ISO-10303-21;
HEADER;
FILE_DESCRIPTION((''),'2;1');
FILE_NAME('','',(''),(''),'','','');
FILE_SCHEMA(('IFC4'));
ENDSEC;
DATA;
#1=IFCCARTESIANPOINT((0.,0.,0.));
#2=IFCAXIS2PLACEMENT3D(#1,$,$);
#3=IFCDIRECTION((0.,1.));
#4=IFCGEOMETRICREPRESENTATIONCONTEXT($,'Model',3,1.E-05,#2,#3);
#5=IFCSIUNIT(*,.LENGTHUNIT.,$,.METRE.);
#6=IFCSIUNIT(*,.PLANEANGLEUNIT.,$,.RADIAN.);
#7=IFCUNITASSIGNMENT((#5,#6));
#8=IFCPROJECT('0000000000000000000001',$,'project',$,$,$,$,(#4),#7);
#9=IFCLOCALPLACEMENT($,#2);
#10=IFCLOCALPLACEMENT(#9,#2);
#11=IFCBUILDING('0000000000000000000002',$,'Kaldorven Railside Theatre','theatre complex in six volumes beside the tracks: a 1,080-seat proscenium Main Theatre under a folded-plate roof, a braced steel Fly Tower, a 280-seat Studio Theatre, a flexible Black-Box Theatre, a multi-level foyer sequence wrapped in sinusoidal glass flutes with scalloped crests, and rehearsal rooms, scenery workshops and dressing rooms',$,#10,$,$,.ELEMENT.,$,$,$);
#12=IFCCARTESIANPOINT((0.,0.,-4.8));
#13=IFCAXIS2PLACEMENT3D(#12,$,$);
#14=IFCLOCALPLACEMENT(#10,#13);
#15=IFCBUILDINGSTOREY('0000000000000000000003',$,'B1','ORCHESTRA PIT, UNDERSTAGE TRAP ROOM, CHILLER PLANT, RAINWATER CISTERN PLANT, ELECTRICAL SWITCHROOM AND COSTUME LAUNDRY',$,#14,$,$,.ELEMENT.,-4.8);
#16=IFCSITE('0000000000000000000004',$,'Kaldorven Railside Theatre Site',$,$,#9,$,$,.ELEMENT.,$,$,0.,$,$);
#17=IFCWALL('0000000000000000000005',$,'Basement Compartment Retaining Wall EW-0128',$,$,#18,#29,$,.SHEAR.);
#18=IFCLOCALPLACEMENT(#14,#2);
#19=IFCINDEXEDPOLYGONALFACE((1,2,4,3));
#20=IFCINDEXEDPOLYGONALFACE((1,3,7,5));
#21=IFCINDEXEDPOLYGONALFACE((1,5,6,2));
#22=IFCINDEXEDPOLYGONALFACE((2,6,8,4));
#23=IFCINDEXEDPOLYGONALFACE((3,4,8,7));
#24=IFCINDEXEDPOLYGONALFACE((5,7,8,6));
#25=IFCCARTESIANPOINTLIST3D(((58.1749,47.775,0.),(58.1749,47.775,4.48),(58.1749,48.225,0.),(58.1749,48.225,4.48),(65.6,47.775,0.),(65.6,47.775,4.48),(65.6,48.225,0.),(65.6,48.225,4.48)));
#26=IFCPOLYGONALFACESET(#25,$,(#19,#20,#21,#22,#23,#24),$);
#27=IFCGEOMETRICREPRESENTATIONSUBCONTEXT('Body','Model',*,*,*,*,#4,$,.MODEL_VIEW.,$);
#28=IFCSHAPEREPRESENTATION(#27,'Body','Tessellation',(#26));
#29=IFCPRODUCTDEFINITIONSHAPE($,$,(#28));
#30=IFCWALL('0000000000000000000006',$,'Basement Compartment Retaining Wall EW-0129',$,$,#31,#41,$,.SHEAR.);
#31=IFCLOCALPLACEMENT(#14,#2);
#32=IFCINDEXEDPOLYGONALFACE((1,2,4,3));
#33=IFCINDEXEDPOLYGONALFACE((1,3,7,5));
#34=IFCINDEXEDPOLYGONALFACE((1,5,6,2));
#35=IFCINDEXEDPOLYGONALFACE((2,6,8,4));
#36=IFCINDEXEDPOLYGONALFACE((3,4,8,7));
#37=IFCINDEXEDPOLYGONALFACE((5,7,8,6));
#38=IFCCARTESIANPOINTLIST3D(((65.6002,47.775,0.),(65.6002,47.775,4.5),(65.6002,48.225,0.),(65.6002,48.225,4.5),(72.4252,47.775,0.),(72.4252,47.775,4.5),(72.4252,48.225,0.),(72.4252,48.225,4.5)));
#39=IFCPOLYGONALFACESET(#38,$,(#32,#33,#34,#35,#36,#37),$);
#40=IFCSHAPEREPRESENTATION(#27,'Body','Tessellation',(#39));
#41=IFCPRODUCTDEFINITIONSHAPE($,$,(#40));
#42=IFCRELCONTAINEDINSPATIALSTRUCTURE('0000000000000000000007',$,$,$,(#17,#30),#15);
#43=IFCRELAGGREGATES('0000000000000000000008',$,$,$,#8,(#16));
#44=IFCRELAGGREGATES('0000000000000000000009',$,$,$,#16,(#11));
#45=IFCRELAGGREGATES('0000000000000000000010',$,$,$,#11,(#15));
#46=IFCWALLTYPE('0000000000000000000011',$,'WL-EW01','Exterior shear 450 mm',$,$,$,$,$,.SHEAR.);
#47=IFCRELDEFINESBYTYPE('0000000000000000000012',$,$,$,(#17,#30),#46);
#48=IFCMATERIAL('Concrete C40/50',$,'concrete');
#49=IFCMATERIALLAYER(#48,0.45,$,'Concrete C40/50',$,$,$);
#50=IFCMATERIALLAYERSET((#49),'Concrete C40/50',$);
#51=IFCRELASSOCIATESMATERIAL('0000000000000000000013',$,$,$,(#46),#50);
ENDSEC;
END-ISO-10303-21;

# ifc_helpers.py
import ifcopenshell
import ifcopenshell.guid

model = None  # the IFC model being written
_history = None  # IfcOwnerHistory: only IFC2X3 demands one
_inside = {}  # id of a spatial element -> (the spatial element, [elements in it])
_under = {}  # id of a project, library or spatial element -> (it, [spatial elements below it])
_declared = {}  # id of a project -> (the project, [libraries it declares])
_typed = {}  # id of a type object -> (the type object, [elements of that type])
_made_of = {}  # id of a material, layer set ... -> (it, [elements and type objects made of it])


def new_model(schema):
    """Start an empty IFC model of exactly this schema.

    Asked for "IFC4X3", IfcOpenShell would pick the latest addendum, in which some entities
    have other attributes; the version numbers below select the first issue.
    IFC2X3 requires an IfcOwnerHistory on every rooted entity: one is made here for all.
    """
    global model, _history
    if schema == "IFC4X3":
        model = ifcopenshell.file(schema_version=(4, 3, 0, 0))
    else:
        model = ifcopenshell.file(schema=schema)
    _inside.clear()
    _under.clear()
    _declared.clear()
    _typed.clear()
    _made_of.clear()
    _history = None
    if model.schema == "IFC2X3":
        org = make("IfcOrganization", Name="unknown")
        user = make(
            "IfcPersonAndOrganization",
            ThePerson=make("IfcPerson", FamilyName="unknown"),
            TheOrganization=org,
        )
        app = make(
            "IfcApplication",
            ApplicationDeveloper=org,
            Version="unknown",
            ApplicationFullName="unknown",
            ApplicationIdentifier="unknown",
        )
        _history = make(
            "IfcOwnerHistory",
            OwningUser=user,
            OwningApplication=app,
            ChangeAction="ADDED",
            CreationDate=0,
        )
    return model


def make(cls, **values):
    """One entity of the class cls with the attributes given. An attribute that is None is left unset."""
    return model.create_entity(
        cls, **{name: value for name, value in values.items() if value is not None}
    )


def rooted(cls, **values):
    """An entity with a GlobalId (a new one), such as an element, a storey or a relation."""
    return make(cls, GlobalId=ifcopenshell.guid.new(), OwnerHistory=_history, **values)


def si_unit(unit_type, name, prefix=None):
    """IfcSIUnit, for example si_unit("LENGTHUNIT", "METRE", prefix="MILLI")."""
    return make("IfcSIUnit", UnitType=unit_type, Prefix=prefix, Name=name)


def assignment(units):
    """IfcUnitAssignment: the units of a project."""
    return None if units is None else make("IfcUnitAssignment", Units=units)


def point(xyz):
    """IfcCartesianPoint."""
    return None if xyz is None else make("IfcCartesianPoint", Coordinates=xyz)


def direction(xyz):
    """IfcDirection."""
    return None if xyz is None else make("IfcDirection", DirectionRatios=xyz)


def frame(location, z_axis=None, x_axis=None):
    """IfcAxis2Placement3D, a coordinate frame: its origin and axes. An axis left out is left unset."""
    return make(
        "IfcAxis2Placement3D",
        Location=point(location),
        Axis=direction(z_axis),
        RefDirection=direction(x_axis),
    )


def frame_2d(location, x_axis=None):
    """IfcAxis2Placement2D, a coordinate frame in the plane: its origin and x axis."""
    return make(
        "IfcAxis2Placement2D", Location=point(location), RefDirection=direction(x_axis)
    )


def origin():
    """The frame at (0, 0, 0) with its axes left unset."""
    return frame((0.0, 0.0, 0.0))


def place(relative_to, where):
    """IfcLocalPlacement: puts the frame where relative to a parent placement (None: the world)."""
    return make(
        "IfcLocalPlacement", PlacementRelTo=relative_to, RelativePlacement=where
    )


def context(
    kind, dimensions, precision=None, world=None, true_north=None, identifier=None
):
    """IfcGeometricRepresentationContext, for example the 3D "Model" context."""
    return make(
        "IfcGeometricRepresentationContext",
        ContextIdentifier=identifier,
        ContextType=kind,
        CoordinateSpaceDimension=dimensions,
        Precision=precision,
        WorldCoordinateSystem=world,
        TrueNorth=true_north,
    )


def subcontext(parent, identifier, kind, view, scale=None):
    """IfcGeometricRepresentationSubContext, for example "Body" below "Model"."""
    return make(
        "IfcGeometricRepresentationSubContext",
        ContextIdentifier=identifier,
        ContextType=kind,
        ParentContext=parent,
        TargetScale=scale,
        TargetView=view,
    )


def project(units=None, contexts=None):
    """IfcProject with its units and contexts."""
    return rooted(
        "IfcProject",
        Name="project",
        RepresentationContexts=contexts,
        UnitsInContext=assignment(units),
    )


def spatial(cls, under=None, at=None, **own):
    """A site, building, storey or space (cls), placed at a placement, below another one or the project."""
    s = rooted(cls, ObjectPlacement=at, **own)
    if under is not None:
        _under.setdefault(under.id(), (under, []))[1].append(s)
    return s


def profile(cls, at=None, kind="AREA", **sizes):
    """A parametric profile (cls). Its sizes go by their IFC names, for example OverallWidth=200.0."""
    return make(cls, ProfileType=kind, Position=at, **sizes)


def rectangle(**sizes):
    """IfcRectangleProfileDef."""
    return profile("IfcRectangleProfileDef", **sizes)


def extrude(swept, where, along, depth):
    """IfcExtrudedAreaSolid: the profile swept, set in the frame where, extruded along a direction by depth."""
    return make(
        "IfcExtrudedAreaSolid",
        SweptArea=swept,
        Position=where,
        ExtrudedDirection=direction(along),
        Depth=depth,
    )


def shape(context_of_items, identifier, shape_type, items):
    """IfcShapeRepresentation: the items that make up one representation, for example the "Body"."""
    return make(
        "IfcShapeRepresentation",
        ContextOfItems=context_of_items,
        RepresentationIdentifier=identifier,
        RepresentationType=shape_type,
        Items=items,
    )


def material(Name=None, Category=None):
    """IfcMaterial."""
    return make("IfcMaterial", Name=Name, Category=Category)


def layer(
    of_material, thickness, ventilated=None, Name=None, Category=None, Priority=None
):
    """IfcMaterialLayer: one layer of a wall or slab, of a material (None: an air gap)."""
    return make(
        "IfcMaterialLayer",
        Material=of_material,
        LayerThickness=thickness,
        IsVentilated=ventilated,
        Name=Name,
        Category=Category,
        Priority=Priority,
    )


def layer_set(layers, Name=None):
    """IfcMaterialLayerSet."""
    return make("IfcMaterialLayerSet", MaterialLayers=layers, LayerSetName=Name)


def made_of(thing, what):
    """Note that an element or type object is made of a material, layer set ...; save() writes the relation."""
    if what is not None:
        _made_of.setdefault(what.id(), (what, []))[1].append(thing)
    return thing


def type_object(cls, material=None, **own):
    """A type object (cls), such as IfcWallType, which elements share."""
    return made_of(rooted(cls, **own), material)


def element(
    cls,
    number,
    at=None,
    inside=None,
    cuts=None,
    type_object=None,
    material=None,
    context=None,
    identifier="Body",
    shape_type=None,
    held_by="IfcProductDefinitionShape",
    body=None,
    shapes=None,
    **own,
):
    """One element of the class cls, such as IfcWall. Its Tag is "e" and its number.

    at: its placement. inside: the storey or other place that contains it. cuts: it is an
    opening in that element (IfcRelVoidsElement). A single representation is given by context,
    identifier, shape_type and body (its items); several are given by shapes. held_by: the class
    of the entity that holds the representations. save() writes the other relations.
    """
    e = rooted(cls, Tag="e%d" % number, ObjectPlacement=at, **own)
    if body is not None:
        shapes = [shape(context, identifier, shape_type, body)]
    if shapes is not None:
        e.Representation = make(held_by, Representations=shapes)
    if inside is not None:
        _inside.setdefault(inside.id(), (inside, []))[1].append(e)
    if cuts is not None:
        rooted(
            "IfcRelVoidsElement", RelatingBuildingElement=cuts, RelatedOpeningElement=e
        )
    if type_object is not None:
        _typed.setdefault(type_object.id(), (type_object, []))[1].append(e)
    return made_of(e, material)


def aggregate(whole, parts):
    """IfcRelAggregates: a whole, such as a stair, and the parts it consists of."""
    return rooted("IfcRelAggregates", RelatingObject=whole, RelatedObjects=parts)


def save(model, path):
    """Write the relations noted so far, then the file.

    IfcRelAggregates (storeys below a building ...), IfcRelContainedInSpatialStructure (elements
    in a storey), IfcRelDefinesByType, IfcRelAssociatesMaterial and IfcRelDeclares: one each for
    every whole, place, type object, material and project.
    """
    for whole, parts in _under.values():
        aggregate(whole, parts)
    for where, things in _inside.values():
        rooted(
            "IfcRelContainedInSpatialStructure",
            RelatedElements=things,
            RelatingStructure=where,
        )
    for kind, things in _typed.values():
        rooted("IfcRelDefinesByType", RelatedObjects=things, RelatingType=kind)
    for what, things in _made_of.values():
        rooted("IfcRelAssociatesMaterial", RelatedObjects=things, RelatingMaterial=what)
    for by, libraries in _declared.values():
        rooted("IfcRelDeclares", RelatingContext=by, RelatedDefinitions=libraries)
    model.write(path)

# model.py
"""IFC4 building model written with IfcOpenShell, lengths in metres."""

from ifc_helpers import new_model, si_unit, direction, frame, frame_2d, origin, place, context, subcontext, project, spatial, rectangle, extrude, material, layer, layer_set, type_object, element, save


model = new_model("IFC4")

# Units and contexts
model_context = context("Model", 3, precision=1e-05, world=origin(), true_north=direction((0.0, 1.0)))
body_context = subcontext(model_context, "Body", "Model", "MODEL_VIEW")
ifc_project = project(units=[si_unit("LENGTHUNIT", "METRE"), si_unit("PLANEANGLEUNIT", "RADIAN")], contexts=[model_context])

# Site, building, storey
site_placement = place(None, origin())
site = spatial("IfcSite", under=ifc_project, at=site_placement, Name="Kaldorven Railside Theatre Site", CompositionType="ELEMENT", RefElevation=0.0)
building_placement = place(site_placement, origin())
building = spatial("IfcBuilding", under=site, at=building_placement, Name="Kaldorven Railside Theatre", Description="theatre complex in six volumes beside the tracks: a 1,080-seat proscenium Main Theatre under a folded-plate roof, a braced steel Fly Tower, a 280-seat Studio Theatre, a flexible Black-Box Theatre, a multi-level foyer sequence wrapped in sinusoidal glass flutes with scalloped crests, and rehearsal rooms, scenery workshops and dressing rooms", CompositionType="ELEMENT")
storey_placement = place(building_placement, frame((0.0, 0.0, -4.8)))
storey = spatial("IfcBuildingStorey", under=building, at=storey_placement, Name="B1", Description="ORCHESTRA PIT, UNDERSTAGE TRAP ROOM, CHILLER PLANT, RAINWATER CISTERN PLANT, ELECTRICAL SWITCHROOM AND COSTUME LAUNDRY", CompositionType="ELEMENT", Elevation=-4.8)

# Shared definitions
ifc_material_1 = material(Name="Concrete C40/50", Category="concrete")

# Walls
ifc_layer = layer(ifc_material_1, 0.45, Name="Concrete C40/50")
ifc_layer_set = layer_set([ifc_layer], Name="Concrete C40/50")
wall_type = type_object("IfcWallType", Name="WL-EW01", Description="Exterior shear 450 mm", PredefinedType="SHEAR", material=ifc_layer_set)
wall_1_placement = place(storey_placement, frame((58.175, 48.0, 0.0), z_axis=(0.0, 0.0, 1.0), x_axis=(1.0, 0.0, 0.0)))
element("IfcWall", 1, at=wall_1_placement, inside=storey, type_object=wall_type, Name="Basement Compartment Retaining Wall EW-0128", PredefinedType="SHEAR", context=body_context, shape_type="SweptSolid", body=[
    extrude(rectangle(XDim=7.425, YDim=0.45, at=frame_2d((3.7124, 0.0))), origin(), (0.0, 0.0, 1.0), 4.48),
])
wall_2_placement = place(storey_placement, frame((65.6001, 48.0, 0.0), z_axis=(0.0, 0.0, 1.0), x_axis=(1.0, 0.0, 0.0)))
element("IfcWall", 2, at=wall_2_placement, inside=storey, type_object=wall_type, Name="Basement Compartment Retaining Wall EW-0129", PredefinedType="SHEAR", context=body_context, shape_type="SweptSolid", body=[
    extrude(rectangle(XDim=6.825, YDim=0.45, at=frame_2d((3.4126, 0.0))), origin(), (0.0, 0.0, 1.0), 4.5),
])

save(model, "model.ifc")
